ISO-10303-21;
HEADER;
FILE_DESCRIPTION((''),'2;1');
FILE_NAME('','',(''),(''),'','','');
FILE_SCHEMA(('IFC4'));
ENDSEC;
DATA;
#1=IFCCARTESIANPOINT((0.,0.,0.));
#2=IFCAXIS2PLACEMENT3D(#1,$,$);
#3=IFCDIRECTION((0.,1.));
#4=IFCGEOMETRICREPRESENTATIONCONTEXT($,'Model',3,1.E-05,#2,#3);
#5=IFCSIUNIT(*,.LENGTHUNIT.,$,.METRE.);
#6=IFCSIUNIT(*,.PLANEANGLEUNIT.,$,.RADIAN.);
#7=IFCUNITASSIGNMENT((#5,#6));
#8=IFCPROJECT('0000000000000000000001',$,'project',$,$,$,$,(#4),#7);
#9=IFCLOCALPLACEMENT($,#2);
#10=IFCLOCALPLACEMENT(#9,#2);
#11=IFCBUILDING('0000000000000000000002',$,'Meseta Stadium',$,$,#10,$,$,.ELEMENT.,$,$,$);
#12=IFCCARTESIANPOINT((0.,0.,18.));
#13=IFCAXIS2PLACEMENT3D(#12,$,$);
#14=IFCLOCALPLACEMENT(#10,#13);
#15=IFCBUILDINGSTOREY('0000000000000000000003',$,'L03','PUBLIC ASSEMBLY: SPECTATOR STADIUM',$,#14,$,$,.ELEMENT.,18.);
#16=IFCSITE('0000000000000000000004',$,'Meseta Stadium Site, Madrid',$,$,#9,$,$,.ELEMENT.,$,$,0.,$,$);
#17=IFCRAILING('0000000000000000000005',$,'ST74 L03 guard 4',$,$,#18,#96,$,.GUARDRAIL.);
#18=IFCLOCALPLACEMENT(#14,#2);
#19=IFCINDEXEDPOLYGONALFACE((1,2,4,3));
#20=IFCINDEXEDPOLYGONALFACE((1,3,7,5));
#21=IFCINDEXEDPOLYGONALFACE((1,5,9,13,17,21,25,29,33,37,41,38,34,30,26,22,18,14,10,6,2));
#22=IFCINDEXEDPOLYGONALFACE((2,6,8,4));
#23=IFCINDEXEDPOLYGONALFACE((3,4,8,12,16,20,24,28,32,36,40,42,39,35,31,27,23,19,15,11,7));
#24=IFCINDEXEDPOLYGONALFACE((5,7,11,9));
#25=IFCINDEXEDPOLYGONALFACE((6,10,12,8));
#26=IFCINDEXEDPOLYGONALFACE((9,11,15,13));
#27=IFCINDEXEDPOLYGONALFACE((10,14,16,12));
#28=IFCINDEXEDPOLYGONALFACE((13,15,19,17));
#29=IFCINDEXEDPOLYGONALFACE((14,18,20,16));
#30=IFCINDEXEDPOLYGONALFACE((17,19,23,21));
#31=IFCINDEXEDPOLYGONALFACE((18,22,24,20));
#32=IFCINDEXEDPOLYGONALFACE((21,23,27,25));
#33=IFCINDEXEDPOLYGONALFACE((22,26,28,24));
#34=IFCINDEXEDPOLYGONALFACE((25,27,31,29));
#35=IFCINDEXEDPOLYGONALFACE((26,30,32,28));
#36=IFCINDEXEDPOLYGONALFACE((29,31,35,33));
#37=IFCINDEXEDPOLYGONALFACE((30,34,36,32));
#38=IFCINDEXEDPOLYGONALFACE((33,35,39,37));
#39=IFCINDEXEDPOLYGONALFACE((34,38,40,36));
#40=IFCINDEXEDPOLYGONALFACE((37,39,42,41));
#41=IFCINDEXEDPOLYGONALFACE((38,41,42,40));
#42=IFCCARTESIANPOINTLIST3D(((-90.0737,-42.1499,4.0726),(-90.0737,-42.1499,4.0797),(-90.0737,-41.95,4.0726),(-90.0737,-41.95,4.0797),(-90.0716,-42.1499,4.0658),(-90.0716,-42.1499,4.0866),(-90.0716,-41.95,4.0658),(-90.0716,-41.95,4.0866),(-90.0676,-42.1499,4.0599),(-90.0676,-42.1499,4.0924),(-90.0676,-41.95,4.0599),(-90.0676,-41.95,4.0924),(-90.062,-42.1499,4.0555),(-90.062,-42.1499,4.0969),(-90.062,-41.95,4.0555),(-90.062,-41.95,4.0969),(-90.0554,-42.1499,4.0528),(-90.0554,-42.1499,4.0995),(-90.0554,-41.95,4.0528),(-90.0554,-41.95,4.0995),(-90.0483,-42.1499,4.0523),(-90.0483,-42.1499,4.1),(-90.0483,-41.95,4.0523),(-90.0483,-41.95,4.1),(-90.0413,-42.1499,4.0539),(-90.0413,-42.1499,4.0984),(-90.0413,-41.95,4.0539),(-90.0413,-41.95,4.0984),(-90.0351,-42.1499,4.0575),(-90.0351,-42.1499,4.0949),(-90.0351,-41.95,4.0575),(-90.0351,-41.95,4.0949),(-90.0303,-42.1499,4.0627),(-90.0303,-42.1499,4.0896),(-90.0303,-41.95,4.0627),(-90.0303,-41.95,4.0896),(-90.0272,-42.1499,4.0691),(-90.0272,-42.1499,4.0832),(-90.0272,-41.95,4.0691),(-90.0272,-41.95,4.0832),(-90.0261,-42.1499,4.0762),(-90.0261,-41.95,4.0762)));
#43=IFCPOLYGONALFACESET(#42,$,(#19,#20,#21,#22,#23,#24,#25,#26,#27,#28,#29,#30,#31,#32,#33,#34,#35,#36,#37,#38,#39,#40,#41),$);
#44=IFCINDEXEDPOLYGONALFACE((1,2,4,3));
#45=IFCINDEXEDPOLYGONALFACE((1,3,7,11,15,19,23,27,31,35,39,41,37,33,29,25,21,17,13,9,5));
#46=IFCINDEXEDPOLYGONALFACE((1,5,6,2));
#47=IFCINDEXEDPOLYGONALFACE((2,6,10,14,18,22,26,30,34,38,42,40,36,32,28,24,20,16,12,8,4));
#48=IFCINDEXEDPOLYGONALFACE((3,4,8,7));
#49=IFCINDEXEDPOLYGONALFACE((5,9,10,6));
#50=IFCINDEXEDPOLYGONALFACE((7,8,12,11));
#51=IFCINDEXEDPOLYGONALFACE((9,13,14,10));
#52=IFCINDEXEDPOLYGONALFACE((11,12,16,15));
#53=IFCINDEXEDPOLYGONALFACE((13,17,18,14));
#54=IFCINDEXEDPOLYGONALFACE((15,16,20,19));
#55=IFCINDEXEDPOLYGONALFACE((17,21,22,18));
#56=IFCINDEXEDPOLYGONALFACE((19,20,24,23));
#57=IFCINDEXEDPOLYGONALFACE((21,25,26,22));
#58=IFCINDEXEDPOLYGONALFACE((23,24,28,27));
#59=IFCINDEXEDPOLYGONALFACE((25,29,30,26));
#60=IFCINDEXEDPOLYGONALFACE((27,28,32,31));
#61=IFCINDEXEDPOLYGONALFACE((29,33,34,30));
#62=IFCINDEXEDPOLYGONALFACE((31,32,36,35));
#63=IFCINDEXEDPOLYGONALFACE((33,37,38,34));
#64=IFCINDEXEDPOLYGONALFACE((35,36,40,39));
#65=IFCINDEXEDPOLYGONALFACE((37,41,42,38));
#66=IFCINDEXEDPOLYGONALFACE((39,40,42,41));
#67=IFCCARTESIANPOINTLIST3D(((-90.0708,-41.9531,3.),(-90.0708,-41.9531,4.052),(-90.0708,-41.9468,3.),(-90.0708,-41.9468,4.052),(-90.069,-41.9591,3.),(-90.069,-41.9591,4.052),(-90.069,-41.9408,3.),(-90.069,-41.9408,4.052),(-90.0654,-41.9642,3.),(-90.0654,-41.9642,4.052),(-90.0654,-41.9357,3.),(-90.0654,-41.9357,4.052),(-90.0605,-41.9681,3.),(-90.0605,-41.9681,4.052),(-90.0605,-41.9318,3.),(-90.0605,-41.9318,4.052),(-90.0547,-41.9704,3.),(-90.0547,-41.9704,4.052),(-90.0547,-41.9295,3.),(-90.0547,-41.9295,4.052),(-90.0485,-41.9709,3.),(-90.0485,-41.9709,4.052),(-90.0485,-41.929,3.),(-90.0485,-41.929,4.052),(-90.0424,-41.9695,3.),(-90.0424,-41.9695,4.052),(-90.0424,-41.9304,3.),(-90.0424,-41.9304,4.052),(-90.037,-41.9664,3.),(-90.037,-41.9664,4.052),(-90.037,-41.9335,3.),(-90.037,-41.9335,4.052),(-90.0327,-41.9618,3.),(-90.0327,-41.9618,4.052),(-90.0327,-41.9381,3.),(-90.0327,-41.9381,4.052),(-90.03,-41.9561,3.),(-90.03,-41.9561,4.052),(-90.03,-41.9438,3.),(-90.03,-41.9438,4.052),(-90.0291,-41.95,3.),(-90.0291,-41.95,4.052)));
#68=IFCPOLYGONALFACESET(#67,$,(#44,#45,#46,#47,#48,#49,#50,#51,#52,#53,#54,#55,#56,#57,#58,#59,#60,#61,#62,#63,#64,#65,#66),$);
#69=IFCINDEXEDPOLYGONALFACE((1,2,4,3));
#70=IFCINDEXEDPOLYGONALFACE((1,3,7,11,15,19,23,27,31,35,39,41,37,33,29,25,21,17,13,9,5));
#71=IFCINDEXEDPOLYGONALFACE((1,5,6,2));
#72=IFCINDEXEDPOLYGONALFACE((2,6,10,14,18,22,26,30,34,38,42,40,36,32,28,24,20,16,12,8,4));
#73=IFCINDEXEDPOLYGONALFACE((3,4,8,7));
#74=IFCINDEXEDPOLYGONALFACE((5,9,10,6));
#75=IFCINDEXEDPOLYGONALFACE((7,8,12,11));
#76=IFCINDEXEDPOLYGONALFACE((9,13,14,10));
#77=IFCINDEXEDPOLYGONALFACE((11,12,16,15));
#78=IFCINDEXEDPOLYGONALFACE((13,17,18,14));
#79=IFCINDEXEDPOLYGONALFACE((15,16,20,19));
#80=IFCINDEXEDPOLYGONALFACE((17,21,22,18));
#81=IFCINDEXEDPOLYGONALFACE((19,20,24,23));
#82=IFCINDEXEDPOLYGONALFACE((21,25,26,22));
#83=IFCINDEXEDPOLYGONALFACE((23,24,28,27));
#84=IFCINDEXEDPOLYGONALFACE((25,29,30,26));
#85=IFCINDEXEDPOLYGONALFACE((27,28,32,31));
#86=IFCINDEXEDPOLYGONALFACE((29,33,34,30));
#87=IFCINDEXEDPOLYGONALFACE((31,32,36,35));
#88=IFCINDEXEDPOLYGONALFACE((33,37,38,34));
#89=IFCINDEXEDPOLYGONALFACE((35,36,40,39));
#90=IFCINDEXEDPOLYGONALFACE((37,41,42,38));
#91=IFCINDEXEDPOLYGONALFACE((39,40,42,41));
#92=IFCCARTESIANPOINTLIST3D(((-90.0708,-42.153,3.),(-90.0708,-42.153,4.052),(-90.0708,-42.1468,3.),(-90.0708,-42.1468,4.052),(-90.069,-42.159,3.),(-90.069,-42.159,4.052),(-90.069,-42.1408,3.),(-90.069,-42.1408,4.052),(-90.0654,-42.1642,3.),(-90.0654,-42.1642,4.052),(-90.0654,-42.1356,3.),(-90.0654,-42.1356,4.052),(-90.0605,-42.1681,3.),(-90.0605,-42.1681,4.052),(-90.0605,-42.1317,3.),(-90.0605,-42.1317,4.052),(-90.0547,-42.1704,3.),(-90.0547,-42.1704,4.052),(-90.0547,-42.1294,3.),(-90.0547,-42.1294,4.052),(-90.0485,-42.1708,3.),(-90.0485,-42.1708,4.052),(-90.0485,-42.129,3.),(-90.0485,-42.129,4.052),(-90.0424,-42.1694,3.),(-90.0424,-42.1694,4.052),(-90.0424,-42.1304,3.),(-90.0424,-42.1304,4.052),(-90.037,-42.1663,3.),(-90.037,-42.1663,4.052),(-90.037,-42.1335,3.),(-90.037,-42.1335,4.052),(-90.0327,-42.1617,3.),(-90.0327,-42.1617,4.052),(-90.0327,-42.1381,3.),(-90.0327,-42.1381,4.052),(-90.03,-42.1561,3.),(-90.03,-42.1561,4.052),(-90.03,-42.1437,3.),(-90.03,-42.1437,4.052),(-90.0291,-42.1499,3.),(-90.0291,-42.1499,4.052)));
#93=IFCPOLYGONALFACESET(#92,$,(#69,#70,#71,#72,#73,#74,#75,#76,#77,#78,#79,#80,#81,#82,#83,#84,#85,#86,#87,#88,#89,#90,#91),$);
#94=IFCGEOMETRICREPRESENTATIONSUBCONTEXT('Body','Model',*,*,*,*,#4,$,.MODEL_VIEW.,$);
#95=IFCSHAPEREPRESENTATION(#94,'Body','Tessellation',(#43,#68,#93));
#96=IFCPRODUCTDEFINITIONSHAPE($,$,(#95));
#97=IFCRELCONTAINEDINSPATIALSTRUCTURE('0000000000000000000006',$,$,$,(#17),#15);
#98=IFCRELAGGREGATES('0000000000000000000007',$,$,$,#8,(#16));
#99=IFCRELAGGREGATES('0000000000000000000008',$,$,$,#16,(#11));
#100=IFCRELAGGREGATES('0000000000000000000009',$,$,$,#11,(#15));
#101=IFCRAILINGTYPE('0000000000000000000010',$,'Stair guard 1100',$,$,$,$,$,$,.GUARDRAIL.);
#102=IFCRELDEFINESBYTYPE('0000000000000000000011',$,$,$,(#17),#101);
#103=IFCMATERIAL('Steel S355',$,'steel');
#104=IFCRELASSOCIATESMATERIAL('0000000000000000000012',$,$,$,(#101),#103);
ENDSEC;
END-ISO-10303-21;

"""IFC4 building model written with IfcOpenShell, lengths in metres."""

from ifc_helpers import new_model, si_unit, direction, frame, origin, origin_2d, place, context, subcontext, project, spatial, circle, extrude, material, type_object, element, save


model = new_model("IFC4")

# Units and contexts
model_context = context("Model", 3, precision=1e-05, world=origin(), true_north=direction((0.0, 1.0)))
body_context = subcontext(model_context, "Body", "Model", "MODEL_VIEW")
ifc_project = project(units=[si_unit("LENGTHUNIT", "METRE"), si_unit("PLANEANGLEUNIT", "RADIAN")], contexts=[model_context])

# Site, building, storey
site_placement = place(None, origin())
site = spatial("IfcSite", under=ifc_project, at=site_placement, Name="Meseta Stadium Site, Madrid", CompositionType="ELEMENT", RefElevation=0.0)
building_placement = place(site_placement, origin())
building = spatial("IfcBuilding", under=site, at=building_placement, Name="Meseta Stadium", CompositionType="ELEMENT")
storey_placement = place(building_placement, frame((0.0, 0.0, 18.0)))
storey = spatial("IfcBuildingStorey", under=building, at=storey_placement, Name="L03", Description="PUBLIC ASSEMBLY: SPECTATOR STADIUM", CompositionType="ELEMENT", Elevation=18.0)

# Railing
ifc_material_1 = material(Name="Steel S355", Category="steel")
railing_type_1 = type_object("IfcRailingType", Name="Stair guard 1100", PredefinedType="GUARDRAIL", material=ifc_material_1)
railing_1_placement = place(storey_placement, frame((-90.05, -41.95, 3.0)))
element("IfcRailing", 1, at=railing_1_placement, inside=storey, type_object=railing_type_1, Name="ST74 L03 guard 4", PredefinedType="GUARDRAIL", context=body_context, shape_type="SweptSolid", body=[
    extrude(circle(Radius=0.0239, at=origin_2d()), frame((0.0, 0.0, 1.0762), z_axis=(0.0, -1.0, 0.0), x_axis=(1.0, 0.0, 0.0)), (0.0, 0.0, 1.0), 0.2),
    extrude(circle(Radius=0.021, at=origin_2d()), origin(), (0.0, 0.0, 1.0), 1.052),
    extrude(circle(Radius=0.021, at=origin_2d()), frame((0.0, -0.2, 0.0)), (0.0, 0.0, 1.0), 1.052),
])

save(model, "model.ifc")
